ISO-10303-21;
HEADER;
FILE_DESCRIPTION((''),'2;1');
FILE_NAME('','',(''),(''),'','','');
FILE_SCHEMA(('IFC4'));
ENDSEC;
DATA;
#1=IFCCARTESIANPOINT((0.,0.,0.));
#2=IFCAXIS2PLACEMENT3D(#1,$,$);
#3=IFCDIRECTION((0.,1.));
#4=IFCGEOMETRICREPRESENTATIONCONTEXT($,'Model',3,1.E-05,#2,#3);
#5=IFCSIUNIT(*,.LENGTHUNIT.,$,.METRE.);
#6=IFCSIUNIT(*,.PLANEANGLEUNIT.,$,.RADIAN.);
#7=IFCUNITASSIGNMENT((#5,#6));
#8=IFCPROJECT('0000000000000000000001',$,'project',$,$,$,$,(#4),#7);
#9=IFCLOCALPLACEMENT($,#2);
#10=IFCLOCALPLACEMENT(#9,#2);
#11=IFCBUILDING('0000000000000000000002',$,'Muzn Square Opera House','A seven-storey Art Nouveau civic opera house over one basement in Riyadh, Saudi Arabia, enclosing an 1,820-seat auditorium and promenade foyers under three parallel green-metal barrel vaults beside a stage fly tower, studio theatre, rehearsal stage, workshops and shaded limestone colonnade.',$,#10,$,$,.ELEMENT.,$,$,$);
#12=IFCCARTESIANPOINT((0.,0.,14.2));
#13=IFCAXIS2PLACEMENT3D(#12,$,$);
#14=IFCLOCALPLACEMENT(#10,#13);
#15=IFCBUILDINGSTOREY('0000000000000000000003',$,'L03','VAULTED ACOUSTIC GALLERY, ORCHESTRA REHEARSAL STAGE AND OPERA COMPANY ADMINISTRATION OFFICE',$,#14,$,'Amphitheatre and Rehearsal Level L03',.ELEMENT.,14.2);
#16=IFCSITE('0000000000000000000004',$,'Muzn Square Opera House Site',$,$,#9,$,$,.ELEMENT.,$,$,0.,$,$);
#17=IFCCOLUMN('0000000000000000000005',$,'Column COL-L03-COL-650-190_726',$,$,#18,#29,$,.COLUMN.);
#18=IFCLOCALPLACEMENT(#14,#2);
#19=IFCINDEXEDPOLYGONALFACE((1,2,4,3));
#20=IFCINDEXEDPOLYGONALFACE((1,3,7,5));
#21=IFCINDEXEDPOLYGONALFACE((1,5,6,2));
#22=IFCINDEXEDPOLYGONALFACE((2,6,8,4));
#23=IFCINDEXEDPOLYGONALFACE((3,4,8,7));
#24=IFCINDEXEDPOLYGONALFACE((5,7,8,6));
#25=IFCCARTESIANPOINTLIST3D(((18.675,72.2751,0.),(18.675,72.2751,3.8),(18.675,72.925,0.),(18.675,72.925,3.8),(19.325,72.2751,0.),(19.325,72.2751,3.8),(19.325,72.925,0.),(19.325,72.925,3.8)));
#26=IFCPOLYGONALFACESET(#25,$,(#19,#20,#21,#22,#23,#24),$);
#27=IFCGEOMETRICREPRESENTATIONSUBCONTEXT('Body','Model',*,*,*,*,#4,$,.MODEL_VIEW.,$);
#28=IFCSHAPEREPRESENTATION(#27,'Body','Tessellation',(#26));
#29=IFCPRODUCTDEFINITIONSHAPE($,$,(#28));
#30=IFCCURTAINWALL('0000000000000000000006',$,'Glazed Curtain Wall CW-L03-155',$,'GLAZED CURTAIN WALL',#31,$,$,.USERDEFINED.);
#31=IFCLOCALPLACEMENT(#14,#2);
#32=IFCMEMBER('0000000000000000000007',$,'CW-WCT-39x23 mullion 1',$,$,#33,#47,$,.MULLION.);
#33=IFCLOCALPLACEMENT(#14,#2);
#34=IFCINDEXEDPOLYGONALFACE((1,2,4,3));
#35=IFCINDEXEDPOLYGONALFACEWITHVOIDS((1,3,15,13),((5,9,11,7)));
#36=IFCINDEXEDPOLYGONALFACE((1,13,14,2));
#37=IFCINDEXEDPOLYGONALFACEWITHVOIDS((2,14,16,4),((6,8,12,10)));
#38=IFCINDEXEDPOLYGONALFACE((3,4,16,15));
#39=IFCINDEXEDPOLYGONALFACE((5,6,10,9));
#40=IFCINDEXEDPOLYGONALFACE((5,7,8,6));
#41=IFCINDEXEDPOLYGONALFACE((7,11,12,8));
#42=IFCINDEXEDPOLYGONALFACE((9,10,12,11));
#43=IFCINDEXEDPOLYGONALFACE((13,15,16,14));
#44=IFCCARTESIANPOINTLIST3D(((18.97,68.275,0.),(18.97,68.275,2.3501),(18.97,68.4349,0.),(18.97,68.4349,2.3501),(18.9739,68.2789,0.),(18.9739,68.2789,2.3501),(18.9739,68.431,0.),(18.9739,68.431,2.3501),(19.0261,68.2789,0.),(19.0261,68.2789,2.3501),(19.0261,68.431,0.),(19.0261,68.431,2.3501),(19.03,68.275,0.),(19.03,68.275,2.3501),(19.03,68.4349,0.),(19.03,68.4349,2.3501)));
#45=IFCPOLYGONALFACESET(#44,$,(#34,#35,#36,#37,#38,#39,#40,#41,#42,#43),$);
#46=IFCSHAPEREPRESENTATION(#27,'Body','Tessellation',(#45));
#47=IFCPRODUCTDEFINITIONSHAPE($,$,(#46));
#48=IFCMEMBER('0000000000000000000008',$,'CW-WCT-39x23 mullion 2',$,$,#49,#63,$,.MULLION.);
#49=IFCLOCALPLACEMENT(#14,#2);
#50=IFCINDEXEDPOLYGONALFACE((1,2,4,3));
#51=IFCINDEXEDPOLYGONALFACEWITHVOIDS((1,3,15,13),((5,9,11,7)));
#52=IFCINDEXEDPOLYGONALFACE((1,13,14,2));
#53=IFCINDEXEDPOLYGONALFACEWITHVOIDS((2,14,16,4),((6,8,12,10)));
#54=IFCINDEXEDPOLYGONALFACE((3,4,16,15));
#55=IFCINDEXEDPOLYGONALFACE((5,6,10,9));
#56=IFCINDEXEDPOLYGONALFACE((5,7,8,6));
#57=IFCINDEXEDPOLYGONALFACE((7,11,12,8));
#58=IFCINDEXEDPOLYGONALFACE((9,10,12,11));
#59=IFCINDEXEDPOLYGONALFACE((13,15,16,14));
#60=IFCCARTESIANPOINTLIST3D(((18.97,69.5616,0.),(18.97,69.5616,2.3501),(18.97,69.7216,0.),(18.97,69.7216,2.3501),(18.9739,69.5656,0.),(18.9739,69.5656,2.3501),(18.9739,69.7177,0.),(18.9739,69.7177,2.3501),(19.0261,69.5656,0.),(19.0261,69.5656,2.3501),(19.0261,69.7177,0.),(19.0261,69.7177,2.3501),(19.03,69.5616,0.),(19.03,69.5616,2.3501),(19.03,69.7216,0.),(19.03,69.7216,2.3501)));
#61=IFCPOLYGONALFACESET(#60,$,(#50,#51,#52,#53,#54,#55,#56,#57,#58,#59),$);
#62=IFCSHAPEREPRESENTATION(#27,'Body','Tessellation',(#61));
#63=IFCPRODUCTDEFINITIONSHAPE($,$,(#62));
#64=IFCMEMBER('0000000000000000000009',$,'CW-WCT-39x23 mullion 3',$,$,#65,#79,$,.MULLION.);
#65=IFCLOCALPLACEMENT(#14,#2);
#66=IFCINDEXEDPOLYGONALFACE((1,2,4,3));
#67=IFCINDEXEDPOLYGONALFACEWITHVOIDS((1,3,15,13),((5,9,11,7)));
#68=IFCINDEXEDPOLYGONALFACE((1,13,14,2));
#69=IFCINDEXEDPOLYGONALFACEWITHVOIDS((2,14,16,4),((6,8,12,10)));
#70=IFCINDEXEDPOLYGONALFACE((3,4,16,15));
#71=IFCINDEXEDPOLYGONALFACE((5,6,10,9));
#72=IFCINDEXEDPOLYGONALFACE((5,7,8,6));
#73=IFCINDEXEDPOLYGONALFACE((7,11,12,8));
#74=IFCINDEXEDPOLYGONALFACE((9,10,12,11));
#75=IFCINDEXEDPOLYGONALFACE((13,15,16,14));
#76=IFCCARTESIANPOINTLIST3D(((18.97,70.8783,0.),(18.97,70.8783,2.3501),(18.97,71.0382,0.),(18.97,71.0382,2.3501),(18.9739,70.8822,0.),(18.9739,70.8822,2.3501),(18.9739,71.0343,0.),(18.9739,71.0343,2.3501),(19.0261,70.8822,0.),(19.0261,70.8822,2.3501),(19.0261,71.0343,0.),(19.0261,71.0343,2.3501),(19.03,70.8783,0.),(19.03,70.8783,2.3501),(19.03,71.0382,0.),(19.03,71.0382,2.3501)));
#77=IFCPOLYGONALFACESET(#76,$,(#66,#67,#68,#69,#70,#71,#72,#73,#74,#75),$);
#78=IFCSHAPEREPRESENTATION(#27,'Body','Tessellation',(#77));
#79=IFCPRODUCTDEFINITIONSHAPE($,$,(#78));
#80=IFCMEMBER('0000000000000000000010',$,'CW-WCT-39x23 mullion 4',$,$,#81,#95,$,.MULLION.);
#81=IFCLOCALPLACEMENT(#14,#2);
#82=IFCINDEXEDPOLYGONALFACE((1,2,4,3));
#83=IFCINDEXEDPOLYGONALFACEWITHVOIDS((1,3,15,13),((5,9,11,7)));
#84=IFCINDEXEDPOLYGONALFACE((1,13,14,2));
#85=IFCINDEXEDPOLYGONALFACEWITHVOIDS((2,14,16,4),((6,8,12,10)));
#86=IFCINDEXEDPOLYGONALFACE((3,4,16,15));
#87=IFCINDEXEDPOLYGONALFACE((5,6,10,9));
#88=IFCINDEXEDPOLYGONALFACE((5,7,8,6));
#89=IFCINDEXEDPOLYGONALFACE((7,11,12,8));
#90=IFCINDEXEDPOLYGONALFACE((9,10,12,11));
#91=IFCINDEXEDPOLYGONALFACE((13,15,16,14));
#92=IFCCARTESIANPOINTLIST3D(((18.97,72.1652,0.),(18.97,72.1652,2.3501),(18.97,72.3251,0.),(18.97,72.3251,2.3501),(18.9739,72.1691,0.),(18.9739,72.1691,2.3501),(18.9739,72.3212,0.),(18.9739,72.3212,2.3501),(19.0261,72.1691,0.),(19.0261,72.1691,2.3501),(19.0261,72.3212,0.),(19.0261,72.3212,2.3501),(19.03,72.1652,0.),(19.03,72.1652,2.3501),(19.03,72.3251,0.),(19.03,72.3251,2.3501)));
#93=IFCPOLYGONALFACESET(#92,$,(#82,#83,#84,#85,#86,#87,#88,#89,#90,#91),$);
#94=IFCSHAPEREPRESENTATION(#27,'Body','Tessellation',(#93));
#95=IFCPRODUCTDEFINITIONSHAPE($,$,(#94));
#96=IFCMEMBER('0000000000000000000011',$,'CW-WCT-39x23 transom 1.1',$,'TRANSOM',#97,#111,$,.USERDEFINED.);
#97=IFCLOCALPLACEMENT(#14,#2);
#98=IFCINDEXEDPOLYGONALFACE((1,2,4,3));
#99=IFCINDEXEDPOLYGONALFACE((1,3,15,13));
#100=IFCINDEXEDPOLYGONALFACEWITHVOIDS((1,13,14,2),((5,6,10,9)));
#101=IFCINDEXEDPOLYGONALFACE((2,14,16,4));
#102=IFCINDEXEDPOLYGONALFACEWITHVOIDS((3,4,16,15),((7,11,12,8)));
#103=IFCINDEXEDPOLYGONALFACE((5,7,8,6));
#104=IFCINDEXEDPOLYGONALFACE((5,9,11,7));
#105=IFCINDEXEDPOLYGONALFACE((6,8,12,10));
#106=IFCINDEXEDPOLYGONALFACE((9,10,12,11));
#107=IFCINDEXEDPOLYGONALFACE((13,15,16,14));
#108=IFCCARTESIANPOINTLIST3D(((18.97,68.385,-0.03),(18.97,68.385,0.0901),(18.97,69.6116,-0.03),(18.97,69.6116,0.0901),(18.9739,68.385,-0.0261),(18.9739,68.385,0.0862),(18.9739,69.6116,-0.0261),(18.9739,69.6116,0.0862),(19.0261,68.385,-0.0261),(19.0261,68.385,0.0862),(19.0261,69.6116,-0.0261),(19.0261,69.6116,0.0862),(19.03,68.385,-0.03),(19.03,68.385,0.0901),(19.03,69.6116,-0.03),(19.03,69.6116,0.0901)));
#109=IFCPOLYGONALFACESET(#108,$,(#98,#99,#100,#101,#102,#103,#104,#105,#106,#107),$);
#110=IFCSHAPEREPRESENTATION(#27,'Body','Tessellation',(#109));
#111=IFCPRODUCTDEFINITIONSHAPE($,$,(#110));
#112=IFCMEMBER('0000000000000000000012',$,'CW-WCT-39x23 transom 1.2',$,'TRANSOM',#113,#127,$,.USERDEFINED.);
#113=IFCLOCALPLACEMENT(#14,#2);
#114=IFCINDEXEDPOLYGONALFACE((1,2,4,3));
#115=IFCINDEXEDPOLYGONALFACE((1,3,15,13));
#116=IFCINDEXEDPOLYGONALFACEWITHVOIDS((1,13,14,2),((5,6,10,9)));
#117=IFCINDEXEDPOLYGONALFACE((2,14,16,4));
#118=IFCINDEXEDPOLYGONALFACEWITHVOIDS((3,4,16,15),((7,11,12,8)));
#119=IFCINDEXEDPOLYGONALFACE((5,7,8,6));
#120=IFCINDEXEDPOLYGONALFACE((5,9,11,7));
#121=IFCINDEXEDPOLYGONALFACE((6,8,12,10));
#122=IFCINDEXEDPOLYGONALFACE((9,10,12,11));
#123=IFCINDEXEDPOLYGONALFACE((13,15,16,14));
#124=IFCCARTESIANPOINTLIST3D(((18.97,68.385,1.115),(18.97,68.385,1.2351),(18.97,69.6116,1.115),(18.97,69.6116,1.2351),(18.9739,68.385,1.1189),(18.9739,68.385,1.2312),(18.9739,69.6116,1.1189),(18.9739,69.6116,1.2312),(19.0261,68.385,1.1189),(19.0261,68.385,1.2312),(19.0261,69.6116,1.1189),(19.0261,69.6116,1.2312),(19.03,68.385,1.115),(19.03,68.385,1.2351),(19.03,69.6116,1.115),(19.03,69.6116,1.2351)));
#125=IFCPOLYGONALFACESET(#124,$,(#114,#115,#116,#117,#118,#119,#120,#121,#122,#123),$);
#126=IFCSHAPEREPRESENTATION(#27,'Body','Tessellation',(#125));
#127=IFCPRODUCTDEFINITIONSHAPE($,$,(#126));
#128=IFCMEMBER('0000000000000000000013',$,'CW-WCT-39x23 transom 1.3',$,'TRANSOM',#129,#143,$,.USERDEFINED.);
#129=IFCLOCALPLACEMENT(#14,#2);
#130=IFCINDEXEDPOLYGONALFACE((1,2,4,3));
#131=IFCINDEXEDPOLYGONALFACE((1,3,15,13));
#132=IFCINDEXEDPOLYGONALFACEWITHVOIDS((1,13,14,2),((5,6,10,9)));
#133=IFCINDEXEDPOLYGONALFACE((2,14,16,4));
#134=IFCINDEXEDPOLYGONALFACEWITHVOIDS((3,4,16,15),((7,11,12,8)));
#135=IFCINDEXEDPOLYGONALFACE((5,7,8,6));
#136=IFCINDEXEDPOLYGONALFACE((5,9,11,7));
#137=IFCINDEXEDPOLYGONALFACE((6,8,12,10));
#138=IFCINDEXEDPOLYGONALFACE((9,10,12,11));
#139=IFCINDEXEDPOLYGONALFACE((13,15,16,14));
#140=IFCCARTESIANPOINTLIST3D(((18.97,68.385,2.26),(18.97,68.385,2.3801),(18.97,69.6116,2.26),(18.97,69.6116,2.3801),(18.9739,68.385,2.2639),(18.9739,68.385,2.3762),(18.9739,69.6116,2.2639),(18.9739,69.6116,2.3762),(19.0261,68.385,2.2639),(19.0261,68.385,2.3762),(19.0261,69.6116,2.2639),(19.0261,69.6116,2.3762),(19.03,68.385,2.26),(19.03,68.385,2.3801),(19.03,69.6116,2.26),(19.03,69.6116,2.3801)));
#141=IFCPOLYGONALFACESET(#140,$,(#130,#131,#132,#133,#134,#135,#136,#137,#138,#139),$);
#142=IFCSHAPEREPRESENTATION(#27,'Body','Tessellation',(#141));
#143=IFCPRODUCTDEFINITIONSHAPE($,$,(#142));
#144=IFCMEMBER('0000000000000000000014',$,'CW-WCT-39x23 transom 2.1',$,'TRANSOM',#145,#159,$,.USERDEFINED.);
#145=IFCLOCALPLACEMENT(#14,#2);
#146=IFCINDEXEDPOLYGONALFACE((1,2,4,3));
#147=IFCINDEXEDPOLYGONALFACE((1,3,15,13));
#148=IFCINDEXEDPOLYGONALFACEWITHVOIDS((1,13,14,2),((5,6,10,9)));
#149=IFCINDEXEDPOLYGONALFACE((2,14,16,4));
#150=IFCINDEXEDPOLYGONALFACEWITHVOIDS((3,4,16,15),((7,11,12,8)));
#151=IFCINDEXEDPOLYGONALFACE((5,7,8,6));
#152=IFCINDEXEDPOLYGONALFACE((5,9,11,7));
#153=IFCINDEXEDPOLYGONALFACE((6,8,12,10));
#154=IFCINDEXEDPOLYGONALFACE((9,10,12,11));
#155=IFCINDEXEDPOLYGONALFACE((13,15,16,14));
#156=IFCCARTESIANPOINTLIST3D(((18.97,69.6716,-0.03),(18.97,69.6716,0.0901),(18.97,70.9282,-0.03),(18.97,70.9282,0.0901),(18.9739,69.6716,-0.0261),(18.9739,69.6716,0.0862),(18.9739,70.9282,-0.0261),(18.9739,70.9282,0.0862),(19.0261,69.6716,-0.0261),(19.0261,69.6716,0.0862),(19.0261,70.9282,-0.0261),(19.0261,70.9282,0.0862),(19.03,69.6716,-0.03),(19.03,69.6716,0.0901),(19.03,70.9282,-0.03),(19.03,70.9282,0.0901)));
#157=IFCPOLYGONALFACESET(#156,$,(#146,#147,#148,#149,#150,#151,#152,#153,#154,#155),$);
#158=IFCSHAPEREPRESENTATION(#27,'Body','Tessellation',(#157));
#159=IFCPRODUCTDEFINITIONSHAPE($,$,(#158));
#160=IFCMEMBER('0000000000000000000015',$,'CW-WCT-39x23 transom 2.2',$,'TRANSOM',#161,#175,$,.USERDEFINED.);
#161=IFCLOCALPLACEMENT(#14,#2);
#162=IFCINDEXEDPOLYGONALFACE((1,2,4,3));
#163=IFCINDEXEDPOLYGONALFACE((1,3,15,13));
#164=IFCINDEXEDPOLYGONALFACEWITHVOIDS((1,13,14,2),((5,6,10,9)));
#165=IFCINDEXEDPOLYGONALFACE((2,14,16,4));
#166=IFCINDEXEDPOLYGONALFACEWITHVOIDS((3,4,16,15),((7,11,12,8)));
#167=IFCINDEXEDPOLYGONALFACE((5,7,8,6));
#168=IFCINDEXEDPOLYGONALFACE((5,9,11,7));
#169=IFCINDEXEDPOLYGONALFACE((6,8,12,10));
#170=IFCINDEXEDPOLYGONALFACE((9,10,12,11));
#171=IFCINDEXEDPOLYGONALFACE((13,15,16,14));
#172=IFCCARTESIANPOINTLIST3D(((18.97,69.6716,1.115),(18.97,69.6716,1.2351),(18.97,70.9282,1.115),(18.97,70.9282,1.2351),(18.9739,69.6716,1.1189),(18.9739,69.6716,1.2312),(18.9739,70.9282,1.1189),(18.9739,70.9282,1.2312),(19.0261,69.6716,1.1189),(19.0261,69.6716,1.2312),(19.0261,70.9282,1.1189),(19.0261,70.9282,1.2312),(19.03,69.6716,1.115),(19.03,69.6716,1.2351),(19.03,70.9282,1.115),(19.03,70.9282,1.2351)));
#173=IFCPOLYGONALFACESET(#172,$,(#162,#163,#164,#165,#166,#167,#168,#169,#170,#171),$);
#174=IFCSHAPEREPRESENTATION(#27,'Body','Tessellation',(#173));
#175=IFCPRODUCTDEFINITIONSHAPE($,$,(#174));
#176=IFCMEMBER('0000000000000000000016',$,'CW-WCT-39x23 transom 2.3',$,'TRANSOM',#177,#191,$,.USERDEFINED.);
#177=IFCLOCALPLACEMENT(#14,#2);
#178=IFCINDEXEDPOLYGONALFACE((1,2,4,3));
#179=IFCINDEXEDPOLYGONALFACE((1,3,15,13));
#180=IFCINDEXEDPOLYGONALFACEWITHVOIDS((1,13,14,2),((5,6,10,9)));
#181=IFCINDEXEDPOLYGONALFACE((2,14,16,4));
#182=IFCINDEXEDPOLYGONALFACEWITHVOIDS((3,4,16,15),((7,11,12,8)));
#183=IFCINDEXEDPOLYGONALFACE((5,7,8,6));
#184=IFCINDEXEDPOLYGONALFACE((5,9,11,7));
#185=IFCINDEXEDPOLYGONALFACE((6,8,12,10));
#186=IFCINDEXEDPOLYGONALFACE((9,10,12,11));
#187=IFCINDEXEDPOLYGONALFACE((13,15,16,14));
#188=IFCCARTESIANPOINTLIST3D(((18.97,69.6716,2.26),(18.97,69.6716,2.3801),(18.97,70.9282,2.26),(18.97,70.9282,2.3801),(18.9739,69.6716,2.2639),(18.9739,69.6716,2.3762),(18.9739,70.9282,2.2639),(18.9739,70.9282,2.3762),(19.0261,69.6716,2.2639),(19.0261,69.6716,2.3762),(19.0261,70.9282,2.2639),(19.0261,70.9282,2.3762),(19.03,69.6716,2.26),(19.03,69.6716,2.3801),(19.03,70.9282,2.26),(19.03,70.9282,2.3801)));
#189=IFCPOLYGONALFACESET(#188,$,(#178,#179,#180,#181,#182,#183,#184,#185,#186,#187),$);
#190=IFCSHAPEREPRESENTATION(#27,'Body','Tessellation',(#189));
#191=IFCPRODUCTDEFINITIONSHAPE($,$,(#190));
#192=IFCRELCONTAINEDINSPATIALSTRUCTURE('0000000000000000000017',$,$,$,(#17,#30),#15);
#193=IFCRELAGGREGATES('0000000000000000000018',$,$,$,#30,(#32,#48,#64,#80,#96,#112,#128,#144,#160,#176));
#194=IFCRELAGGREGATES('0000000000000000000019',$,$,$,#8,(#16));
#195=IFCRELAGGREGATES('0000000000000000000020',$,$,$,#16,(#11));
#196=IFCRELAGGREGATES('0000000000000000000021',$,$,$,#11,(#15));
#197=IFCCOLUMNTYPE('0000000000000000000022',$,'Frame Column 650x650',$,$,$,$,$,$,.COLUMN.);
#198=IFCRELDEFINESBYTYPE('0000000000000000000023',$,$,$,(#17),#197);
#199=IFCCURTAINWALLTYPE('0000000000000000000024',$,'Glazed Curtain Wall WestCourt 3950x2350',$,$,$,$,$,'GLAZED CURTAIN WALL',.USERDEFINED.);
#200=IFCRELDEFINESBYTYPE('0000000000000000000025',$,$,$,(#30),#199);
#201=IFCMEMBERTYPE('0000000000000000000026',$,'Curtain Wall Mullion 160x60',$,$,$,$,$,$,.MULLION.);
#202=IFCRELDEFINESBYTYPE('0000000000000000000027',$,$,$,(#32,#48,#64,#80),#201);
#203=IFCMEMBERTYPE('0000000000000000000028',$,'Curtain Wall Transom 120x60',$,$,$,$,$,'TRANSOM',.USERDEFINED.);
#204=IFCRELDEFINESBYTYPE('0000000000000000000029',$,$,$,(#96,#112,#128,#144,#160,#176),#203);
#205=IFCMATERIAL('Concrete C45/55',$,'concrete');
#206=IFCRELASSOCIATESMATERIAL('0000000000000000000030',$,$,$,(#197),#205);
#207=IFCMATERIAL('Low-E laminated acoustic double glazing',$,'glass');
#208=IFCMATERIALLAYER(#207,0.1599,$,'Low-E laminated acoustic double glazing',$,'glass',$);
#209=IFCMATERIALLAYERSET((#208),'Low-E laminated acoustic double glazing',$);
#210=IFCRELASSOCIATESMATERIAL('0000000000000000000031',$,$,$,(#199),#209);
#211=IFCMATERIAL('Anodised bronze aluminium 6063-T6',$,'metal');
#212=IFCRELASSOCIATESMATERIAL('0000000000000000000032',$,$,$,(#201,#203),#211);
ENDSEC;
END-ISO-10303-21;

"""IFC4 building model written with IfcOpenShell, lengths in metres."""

from ifc_helpers import new_model, si_unit, direction, frame, origin, origin_2d, place, context, subcontext, project, spatial, rectangle, hollow_rectangle, extrude, material, layer, layer_set, material_profile, profile_set, type_object, element, aggregate, save


model = new_model("IFC4")

# Units and contexts
model_context = context("Model", 3, precision=1e-05, world=origin(), true_north=direction((0.0, 1.0)))
body_context = subcontext(model_context, "Body", "Model", "MODEL_VIEW")
ifc_project = project(units=[si_unit("LENGTHUNIT", "METRE"), si_unit("PLANEANGLEUNIT", "RADIAN")], contexts=[model_context])

# Site, building, storey
site_placement = place(None, origin())
site = spatial("IfcSite", under=ifc_project, at=site_placement, Name="Muzn Square Opera House Site", CompositionType="ELEMENT", RefElevation=0.0)
building_placement = place(site_placement, origin())
building = spatial("IfcBuilding", under=site, at=building_placement, Name="Muzn Square Opera House", Description="A seven-storey Art Nouveau civic opera house over one basement in Riyadh, Saudi Arabia, enclosing an 1,820-seat auditorium and promenade foyers under three parallel green-metal barrel vaults beside a stage fly tower, studio theatre, rehearsal stage, workshops and shaded limestone colonnade.", CompositionType="ELEMENT")
storey_placement = place(building_placement, frame((0.0, 0.0, 14.2)))
storey = spatial("IfcBuildingStorey", under=building, at=storey_placement, Name="L03", Description="VAULTED ACOUSTIC GALLERY, ORCHESTRA REHEARSAL STAGE AND OPERA COMPANY ADMINISTRATION OFFICE", LongName="Amphitheatre and Rehearsal Level L03", CompositionType="ELEMENT", Elevation=14.2)

# Column
ifc_material_1 = material(Name="Concrete C45/55", Category="concrete")
ifc_material_profile_1 = material_profile(ifc_material_1, rectangle(XDim=0.6499, YDim=0.6499, at=origin_2d()), Name="RC 650x650", Category="concrete")
ifc_profile_set_1 = profile_set([ifc_material_profile_1], Name="Concrete C45/55")
column_type = type_object("IfcColumnType", Name="Frame Column 650x650", PredefinedType="COLUMN", material=ifc_profile_set_1)
column_placement = place(storey_placement, frame((19.0, 72.6001, 0.0), z_axis=(0.0, 0.0, 1.0), x_axis=(1.0, 0.0, 0.0)))
element("IfcColumn", 1, at=column_placement, inside=storey, type_object=column_type, Name="Column COL-L03-COL-650-190_726", PredefinedType="COLUMN", context=body_context, shape_type="SweptSolid", body=[
    extrude(rectangle(XDim=0.6499, YDim=0.6499, at=origin_2d()), origin(), (0.0, 0.0, 1.0), 3.8),
])

# Curtain wall, members
ifc_material_2 = material(Name="Low-E laminated acoustic double glazing", Category="glass")
ifc_layer_1 = layer(ifc_material_2, 0.1599, Name="Low-E laminated acoustic double glazing", Category="glass")
ifc_layer_set_1 = layer_set([ifc_layer_1], Name="Low-E laminated acoustic double glazing")
curtain_wall_type = type_object("IfcCurtainWallType", Name="Glazed Curtain Wall WestCourt 3950x2350", ElementType="GLAZED CURTAIN WALL", PredefinedType="USERDEFINED", material=ifc_layer_set_1)
curtain_wall_placement = place(storey_placement, origin())
curtain_wall = element("IfcCurtainWall", 2, at=curtain_wall_placement, inside=storey, type_object=curtain_wall_type, Name="Glazed Curtain Wall CW-L03-155", ObjectType="GLAZED CURTAIN WALL", PredefinedType="USERDEFINED")
ifc_material_3 = material(Name="Anodised bronze aluminium 6063-T6", Category="metal")
ifc_material_profile_2 = material_profile(ifc_material_3, hollow_rectangle(XDim=0.0601, YDim=0.1599, WallThickness=0.0039, at=origin_2d()), Name="ALU 160x60x4", Category="metal")
ifc_profile_set_2 = profile_set([ifc_material_profile_2], Name="Anodised bronze aluminium 6063-T6")
member_type_1 = type_object("IfcMemberType", Name="Curtain Wall Mullion 160x60", PredefinedType="MULLION", material=ifc_profile_set_2)
member_1_placement = place(storey_placement, frame((19.0, 68.355, 0.0), z_axis=(0.0, 0.0, 1.0), x_axis=(-1.0, 0.0, 0.0)))
member_1 = element("IfcMember", 3, at=member_1_placement, type_object=member_type_1, Name="CW-WCT-39x23 mullion 1", PredefinedType="MULLION", context=body_context, shape_type="SweptSolid", body=[
    extrude(hollow_rectangle(XDim=0.0601, YDim=0.1599, WallThickness=0.0039, at=origin_2d()), origin(), (0.0, 0.0, 1.0), 2.3501),
])
member_2_placement = place(storey_placement, frame((19.0, 69.6416, 0.0), z_axis=(0.0, 0.0, 1.0), x_axis=(-1.0, 0.0, 0.0)))
member_2 = element("IfcMember", 4, at=member_2_placement, type_object=member_type_1, Name="CW-WCT-39x23 mullion 2", PredefinedType="MULLION", context=body_context, shape_type="SweptSolid", body=[
    extrude(hollow_rectangle(XDim=0.0601, YDim=0.1599, WallThickness=0.0039, at=origin_2d()), origin(), (0.0, 0.0, 1.0), 2.3501),
])
member_3_placement = place(storey_placement, frame((19.0, 70.9583, 0.0), z_axis=(0.0, 0.0, 1.0), x_axis=(-1.0, 0.0, 0.0)))
member_3 = element("IfcMember", 5, at=member_3_placement, type_object=member_type_1, Name="CW-WCT-39x23 mullion 3", PredefinedType="MULLION", context=body_context, shape_type="SweptSolid", body=[
    extrude(hollow_rectangle(XDim=0.0601, YDim=0.1599, WallThickness=0.0039, at=origin_2d()), origin(), (0.0, 0.0, 1.0), 2.3501),
])
member_4_placement = place(storey_placement, frame((19.0, 72.2451, 0.0), z_axis=(0.0, 0.0, 1.0), x_axis=(-1.0, 0.0, 0.0)))
member_4 = element("IfcMember", 6, at=member_4_placement, type_object=member_type_1, Name="CW-WCT-39x23 mullion 4", PredefinedType="MULLION", context=body_context, shape_type="SweptSolid", body=[
    extrude(hollow_rectangle(XDim=0.0601, YDim=0.1599, WallThickness=0.0039, at=origin_2d()), origin(), (0.0, 0.0, 1.0), 2.3501),
])
ifc_material_profile_3 = material_profile(ifc_material_3, hollow_rectangle(XDim=0.0601, YDim=0.1201, WallThickness=0.0039, at=origin_2d()), Name="ALU 120x60x4", Category="metal")
ifc_profile_set_3 = profile_set([ifc_material_profile_3], Name="Anodised bronze aluminium 6063-T6")
member_type_2 = type_object("IfcMemberType", Name="Curtain Wall Transom 120x60", ElementType="TRANSOM", PredefinedType="USERDEFINED", material=ifc_profile_set_3)
member_5_placement = place(storey_placement, frame((19.0, 68.385, 0.03), z_axis=(0.0, 1.0, 0.0), x_axis=(-1.0, 0.0, 0.0)))
member_5 = element("IfcMember", 7, at=member_5_placement, type_object=member_type_2, Name="CW-WCT-39x23 transom 1.1", ObjectType="TRANSOM", PredefinedType="USERDEFINED", context=body_context, shape_type="SweptSolid", body=[
    extrude(hollow_rectangle(XDim=0.0601, YDim=0.1201, WallThickness=0.0039, at=origin_2d()), origin(), (0.0, 0.0, 1.0), 1.2266),
])
member_6_placement = place(storey_placement, frame((19.0, 68.385, 1.175), z_axis=(0.0, 1.0, 0.0), x_axis=(-1.0, 0.0, 0.0)))
member_6 = element("IfcMember", 8, at=member_6_placement, type_object=member_type_2, Name="CW-WCT-39x23 transom 1.2", ObjectType="TRANSOM", PredefinedType="USERDEFINED", context=body_context, shape_type="SweptSolid", body=[
    extrude(hollow_rectangle(XDim=0.0601, YDim=0.1201, WallThickness=0.0039, at=origin_2d()), origin(), (0.0, 0.0, 1.0), 1.2266),
])
member_7_placement = place(storey_placement, frame((19.0, 68.385, 2.3201), z_axis=(0.0, 1.0, 0.0), x_axis=(-1.0, 0.0, 0.0)))
member_7 = element("IfcMember", 9, at=member_7_placement, type_object=member_type_2, Name="CW-WCT-39x23 transom 1.3", ObjectType="TRANSOM", PredefinedType="USERDEFINED", context=body_context, shape_type="SweptSolid", body=[
    extrude(hollow_rectangle(XDim=0.0601, YDim=0.1201, WallThickness=0.0039, at=origin_2d()), origin(), (0.0, 0.0, 1.0), 1.2266),
])
member_8_placement = place(storey_placement, frame((19.0, 69.6716, 0.03), z_axis=(0.0, 1.0, 0.0), x_axis=(-1.0, 0.0, 0.0)))
member_8 = element("IfcMember", 10, at=member_8_placement, type_object=member_type_2, Name="CW-WCT-39x23 transom 2.1", ObjectType="TRANSOM", PredefinedType="USERDEFINED", context=body_context, shape_type="SweptSolid", body=[
    extrude(hollow_rectangle(XDim=0.0601, YDim=0.1201, WallThickness=0.0039, at=origin_2d()), origin(), (0.0, 0.0, 1.0), 1.2566),
])
member_9_placement = place(storey_placement, frame((19.0, 69.6716, 1.175), z_axis=(0.0, 1.0, 0.0), x_axis=(-1.0, 0.0, 0.0)))
member_9 = element("IfcMember", 11, at=member_9_placement, type_object=member_type_2, Name="CW-WCT-39x23 transom 2.2", ObjectType="TRANSOM", PredefinedType="USERDEFINED", context=body_context, shape_type="SweptSolid", body=[
    extrude(hollow_rectangle(XDim=0.0601, YDim=0.1201, WallThickness=0.0039, at=origin_2d()), origin(), (0.0, 0.0, 1.0), 1.2566),
])
member_10_placement = place(storey_placement, frame((19.0, 69.6716, 2.3201), z_axis=(0.0, 1.0, 0.0), x_axis=(-1.0, 0.0, 0.0)))
member_10 = element("IfcMember", 12, at=member_10_placement, type_object=member_type_2, Name="CW-WCT-39x23 transom 2.3", ObjectType="TRANSOM", PredefinedType="USERDEFINED", context=body_context, shape_type="SweptSolid", body=[
    extrude(hollow_rectangle(XDim=0.0601, YDim=0.1201, WallThickness=0.0039, at=origin_2d()), origin(), (0.0, 0.0, 1.0), 1.2566),
])

aggregate(curtain_wall, [member_1, member_2, member_3, member_4, member_5, member_6, member_7, member_8, member_9, member_10])

save(model, "model.ifc")
